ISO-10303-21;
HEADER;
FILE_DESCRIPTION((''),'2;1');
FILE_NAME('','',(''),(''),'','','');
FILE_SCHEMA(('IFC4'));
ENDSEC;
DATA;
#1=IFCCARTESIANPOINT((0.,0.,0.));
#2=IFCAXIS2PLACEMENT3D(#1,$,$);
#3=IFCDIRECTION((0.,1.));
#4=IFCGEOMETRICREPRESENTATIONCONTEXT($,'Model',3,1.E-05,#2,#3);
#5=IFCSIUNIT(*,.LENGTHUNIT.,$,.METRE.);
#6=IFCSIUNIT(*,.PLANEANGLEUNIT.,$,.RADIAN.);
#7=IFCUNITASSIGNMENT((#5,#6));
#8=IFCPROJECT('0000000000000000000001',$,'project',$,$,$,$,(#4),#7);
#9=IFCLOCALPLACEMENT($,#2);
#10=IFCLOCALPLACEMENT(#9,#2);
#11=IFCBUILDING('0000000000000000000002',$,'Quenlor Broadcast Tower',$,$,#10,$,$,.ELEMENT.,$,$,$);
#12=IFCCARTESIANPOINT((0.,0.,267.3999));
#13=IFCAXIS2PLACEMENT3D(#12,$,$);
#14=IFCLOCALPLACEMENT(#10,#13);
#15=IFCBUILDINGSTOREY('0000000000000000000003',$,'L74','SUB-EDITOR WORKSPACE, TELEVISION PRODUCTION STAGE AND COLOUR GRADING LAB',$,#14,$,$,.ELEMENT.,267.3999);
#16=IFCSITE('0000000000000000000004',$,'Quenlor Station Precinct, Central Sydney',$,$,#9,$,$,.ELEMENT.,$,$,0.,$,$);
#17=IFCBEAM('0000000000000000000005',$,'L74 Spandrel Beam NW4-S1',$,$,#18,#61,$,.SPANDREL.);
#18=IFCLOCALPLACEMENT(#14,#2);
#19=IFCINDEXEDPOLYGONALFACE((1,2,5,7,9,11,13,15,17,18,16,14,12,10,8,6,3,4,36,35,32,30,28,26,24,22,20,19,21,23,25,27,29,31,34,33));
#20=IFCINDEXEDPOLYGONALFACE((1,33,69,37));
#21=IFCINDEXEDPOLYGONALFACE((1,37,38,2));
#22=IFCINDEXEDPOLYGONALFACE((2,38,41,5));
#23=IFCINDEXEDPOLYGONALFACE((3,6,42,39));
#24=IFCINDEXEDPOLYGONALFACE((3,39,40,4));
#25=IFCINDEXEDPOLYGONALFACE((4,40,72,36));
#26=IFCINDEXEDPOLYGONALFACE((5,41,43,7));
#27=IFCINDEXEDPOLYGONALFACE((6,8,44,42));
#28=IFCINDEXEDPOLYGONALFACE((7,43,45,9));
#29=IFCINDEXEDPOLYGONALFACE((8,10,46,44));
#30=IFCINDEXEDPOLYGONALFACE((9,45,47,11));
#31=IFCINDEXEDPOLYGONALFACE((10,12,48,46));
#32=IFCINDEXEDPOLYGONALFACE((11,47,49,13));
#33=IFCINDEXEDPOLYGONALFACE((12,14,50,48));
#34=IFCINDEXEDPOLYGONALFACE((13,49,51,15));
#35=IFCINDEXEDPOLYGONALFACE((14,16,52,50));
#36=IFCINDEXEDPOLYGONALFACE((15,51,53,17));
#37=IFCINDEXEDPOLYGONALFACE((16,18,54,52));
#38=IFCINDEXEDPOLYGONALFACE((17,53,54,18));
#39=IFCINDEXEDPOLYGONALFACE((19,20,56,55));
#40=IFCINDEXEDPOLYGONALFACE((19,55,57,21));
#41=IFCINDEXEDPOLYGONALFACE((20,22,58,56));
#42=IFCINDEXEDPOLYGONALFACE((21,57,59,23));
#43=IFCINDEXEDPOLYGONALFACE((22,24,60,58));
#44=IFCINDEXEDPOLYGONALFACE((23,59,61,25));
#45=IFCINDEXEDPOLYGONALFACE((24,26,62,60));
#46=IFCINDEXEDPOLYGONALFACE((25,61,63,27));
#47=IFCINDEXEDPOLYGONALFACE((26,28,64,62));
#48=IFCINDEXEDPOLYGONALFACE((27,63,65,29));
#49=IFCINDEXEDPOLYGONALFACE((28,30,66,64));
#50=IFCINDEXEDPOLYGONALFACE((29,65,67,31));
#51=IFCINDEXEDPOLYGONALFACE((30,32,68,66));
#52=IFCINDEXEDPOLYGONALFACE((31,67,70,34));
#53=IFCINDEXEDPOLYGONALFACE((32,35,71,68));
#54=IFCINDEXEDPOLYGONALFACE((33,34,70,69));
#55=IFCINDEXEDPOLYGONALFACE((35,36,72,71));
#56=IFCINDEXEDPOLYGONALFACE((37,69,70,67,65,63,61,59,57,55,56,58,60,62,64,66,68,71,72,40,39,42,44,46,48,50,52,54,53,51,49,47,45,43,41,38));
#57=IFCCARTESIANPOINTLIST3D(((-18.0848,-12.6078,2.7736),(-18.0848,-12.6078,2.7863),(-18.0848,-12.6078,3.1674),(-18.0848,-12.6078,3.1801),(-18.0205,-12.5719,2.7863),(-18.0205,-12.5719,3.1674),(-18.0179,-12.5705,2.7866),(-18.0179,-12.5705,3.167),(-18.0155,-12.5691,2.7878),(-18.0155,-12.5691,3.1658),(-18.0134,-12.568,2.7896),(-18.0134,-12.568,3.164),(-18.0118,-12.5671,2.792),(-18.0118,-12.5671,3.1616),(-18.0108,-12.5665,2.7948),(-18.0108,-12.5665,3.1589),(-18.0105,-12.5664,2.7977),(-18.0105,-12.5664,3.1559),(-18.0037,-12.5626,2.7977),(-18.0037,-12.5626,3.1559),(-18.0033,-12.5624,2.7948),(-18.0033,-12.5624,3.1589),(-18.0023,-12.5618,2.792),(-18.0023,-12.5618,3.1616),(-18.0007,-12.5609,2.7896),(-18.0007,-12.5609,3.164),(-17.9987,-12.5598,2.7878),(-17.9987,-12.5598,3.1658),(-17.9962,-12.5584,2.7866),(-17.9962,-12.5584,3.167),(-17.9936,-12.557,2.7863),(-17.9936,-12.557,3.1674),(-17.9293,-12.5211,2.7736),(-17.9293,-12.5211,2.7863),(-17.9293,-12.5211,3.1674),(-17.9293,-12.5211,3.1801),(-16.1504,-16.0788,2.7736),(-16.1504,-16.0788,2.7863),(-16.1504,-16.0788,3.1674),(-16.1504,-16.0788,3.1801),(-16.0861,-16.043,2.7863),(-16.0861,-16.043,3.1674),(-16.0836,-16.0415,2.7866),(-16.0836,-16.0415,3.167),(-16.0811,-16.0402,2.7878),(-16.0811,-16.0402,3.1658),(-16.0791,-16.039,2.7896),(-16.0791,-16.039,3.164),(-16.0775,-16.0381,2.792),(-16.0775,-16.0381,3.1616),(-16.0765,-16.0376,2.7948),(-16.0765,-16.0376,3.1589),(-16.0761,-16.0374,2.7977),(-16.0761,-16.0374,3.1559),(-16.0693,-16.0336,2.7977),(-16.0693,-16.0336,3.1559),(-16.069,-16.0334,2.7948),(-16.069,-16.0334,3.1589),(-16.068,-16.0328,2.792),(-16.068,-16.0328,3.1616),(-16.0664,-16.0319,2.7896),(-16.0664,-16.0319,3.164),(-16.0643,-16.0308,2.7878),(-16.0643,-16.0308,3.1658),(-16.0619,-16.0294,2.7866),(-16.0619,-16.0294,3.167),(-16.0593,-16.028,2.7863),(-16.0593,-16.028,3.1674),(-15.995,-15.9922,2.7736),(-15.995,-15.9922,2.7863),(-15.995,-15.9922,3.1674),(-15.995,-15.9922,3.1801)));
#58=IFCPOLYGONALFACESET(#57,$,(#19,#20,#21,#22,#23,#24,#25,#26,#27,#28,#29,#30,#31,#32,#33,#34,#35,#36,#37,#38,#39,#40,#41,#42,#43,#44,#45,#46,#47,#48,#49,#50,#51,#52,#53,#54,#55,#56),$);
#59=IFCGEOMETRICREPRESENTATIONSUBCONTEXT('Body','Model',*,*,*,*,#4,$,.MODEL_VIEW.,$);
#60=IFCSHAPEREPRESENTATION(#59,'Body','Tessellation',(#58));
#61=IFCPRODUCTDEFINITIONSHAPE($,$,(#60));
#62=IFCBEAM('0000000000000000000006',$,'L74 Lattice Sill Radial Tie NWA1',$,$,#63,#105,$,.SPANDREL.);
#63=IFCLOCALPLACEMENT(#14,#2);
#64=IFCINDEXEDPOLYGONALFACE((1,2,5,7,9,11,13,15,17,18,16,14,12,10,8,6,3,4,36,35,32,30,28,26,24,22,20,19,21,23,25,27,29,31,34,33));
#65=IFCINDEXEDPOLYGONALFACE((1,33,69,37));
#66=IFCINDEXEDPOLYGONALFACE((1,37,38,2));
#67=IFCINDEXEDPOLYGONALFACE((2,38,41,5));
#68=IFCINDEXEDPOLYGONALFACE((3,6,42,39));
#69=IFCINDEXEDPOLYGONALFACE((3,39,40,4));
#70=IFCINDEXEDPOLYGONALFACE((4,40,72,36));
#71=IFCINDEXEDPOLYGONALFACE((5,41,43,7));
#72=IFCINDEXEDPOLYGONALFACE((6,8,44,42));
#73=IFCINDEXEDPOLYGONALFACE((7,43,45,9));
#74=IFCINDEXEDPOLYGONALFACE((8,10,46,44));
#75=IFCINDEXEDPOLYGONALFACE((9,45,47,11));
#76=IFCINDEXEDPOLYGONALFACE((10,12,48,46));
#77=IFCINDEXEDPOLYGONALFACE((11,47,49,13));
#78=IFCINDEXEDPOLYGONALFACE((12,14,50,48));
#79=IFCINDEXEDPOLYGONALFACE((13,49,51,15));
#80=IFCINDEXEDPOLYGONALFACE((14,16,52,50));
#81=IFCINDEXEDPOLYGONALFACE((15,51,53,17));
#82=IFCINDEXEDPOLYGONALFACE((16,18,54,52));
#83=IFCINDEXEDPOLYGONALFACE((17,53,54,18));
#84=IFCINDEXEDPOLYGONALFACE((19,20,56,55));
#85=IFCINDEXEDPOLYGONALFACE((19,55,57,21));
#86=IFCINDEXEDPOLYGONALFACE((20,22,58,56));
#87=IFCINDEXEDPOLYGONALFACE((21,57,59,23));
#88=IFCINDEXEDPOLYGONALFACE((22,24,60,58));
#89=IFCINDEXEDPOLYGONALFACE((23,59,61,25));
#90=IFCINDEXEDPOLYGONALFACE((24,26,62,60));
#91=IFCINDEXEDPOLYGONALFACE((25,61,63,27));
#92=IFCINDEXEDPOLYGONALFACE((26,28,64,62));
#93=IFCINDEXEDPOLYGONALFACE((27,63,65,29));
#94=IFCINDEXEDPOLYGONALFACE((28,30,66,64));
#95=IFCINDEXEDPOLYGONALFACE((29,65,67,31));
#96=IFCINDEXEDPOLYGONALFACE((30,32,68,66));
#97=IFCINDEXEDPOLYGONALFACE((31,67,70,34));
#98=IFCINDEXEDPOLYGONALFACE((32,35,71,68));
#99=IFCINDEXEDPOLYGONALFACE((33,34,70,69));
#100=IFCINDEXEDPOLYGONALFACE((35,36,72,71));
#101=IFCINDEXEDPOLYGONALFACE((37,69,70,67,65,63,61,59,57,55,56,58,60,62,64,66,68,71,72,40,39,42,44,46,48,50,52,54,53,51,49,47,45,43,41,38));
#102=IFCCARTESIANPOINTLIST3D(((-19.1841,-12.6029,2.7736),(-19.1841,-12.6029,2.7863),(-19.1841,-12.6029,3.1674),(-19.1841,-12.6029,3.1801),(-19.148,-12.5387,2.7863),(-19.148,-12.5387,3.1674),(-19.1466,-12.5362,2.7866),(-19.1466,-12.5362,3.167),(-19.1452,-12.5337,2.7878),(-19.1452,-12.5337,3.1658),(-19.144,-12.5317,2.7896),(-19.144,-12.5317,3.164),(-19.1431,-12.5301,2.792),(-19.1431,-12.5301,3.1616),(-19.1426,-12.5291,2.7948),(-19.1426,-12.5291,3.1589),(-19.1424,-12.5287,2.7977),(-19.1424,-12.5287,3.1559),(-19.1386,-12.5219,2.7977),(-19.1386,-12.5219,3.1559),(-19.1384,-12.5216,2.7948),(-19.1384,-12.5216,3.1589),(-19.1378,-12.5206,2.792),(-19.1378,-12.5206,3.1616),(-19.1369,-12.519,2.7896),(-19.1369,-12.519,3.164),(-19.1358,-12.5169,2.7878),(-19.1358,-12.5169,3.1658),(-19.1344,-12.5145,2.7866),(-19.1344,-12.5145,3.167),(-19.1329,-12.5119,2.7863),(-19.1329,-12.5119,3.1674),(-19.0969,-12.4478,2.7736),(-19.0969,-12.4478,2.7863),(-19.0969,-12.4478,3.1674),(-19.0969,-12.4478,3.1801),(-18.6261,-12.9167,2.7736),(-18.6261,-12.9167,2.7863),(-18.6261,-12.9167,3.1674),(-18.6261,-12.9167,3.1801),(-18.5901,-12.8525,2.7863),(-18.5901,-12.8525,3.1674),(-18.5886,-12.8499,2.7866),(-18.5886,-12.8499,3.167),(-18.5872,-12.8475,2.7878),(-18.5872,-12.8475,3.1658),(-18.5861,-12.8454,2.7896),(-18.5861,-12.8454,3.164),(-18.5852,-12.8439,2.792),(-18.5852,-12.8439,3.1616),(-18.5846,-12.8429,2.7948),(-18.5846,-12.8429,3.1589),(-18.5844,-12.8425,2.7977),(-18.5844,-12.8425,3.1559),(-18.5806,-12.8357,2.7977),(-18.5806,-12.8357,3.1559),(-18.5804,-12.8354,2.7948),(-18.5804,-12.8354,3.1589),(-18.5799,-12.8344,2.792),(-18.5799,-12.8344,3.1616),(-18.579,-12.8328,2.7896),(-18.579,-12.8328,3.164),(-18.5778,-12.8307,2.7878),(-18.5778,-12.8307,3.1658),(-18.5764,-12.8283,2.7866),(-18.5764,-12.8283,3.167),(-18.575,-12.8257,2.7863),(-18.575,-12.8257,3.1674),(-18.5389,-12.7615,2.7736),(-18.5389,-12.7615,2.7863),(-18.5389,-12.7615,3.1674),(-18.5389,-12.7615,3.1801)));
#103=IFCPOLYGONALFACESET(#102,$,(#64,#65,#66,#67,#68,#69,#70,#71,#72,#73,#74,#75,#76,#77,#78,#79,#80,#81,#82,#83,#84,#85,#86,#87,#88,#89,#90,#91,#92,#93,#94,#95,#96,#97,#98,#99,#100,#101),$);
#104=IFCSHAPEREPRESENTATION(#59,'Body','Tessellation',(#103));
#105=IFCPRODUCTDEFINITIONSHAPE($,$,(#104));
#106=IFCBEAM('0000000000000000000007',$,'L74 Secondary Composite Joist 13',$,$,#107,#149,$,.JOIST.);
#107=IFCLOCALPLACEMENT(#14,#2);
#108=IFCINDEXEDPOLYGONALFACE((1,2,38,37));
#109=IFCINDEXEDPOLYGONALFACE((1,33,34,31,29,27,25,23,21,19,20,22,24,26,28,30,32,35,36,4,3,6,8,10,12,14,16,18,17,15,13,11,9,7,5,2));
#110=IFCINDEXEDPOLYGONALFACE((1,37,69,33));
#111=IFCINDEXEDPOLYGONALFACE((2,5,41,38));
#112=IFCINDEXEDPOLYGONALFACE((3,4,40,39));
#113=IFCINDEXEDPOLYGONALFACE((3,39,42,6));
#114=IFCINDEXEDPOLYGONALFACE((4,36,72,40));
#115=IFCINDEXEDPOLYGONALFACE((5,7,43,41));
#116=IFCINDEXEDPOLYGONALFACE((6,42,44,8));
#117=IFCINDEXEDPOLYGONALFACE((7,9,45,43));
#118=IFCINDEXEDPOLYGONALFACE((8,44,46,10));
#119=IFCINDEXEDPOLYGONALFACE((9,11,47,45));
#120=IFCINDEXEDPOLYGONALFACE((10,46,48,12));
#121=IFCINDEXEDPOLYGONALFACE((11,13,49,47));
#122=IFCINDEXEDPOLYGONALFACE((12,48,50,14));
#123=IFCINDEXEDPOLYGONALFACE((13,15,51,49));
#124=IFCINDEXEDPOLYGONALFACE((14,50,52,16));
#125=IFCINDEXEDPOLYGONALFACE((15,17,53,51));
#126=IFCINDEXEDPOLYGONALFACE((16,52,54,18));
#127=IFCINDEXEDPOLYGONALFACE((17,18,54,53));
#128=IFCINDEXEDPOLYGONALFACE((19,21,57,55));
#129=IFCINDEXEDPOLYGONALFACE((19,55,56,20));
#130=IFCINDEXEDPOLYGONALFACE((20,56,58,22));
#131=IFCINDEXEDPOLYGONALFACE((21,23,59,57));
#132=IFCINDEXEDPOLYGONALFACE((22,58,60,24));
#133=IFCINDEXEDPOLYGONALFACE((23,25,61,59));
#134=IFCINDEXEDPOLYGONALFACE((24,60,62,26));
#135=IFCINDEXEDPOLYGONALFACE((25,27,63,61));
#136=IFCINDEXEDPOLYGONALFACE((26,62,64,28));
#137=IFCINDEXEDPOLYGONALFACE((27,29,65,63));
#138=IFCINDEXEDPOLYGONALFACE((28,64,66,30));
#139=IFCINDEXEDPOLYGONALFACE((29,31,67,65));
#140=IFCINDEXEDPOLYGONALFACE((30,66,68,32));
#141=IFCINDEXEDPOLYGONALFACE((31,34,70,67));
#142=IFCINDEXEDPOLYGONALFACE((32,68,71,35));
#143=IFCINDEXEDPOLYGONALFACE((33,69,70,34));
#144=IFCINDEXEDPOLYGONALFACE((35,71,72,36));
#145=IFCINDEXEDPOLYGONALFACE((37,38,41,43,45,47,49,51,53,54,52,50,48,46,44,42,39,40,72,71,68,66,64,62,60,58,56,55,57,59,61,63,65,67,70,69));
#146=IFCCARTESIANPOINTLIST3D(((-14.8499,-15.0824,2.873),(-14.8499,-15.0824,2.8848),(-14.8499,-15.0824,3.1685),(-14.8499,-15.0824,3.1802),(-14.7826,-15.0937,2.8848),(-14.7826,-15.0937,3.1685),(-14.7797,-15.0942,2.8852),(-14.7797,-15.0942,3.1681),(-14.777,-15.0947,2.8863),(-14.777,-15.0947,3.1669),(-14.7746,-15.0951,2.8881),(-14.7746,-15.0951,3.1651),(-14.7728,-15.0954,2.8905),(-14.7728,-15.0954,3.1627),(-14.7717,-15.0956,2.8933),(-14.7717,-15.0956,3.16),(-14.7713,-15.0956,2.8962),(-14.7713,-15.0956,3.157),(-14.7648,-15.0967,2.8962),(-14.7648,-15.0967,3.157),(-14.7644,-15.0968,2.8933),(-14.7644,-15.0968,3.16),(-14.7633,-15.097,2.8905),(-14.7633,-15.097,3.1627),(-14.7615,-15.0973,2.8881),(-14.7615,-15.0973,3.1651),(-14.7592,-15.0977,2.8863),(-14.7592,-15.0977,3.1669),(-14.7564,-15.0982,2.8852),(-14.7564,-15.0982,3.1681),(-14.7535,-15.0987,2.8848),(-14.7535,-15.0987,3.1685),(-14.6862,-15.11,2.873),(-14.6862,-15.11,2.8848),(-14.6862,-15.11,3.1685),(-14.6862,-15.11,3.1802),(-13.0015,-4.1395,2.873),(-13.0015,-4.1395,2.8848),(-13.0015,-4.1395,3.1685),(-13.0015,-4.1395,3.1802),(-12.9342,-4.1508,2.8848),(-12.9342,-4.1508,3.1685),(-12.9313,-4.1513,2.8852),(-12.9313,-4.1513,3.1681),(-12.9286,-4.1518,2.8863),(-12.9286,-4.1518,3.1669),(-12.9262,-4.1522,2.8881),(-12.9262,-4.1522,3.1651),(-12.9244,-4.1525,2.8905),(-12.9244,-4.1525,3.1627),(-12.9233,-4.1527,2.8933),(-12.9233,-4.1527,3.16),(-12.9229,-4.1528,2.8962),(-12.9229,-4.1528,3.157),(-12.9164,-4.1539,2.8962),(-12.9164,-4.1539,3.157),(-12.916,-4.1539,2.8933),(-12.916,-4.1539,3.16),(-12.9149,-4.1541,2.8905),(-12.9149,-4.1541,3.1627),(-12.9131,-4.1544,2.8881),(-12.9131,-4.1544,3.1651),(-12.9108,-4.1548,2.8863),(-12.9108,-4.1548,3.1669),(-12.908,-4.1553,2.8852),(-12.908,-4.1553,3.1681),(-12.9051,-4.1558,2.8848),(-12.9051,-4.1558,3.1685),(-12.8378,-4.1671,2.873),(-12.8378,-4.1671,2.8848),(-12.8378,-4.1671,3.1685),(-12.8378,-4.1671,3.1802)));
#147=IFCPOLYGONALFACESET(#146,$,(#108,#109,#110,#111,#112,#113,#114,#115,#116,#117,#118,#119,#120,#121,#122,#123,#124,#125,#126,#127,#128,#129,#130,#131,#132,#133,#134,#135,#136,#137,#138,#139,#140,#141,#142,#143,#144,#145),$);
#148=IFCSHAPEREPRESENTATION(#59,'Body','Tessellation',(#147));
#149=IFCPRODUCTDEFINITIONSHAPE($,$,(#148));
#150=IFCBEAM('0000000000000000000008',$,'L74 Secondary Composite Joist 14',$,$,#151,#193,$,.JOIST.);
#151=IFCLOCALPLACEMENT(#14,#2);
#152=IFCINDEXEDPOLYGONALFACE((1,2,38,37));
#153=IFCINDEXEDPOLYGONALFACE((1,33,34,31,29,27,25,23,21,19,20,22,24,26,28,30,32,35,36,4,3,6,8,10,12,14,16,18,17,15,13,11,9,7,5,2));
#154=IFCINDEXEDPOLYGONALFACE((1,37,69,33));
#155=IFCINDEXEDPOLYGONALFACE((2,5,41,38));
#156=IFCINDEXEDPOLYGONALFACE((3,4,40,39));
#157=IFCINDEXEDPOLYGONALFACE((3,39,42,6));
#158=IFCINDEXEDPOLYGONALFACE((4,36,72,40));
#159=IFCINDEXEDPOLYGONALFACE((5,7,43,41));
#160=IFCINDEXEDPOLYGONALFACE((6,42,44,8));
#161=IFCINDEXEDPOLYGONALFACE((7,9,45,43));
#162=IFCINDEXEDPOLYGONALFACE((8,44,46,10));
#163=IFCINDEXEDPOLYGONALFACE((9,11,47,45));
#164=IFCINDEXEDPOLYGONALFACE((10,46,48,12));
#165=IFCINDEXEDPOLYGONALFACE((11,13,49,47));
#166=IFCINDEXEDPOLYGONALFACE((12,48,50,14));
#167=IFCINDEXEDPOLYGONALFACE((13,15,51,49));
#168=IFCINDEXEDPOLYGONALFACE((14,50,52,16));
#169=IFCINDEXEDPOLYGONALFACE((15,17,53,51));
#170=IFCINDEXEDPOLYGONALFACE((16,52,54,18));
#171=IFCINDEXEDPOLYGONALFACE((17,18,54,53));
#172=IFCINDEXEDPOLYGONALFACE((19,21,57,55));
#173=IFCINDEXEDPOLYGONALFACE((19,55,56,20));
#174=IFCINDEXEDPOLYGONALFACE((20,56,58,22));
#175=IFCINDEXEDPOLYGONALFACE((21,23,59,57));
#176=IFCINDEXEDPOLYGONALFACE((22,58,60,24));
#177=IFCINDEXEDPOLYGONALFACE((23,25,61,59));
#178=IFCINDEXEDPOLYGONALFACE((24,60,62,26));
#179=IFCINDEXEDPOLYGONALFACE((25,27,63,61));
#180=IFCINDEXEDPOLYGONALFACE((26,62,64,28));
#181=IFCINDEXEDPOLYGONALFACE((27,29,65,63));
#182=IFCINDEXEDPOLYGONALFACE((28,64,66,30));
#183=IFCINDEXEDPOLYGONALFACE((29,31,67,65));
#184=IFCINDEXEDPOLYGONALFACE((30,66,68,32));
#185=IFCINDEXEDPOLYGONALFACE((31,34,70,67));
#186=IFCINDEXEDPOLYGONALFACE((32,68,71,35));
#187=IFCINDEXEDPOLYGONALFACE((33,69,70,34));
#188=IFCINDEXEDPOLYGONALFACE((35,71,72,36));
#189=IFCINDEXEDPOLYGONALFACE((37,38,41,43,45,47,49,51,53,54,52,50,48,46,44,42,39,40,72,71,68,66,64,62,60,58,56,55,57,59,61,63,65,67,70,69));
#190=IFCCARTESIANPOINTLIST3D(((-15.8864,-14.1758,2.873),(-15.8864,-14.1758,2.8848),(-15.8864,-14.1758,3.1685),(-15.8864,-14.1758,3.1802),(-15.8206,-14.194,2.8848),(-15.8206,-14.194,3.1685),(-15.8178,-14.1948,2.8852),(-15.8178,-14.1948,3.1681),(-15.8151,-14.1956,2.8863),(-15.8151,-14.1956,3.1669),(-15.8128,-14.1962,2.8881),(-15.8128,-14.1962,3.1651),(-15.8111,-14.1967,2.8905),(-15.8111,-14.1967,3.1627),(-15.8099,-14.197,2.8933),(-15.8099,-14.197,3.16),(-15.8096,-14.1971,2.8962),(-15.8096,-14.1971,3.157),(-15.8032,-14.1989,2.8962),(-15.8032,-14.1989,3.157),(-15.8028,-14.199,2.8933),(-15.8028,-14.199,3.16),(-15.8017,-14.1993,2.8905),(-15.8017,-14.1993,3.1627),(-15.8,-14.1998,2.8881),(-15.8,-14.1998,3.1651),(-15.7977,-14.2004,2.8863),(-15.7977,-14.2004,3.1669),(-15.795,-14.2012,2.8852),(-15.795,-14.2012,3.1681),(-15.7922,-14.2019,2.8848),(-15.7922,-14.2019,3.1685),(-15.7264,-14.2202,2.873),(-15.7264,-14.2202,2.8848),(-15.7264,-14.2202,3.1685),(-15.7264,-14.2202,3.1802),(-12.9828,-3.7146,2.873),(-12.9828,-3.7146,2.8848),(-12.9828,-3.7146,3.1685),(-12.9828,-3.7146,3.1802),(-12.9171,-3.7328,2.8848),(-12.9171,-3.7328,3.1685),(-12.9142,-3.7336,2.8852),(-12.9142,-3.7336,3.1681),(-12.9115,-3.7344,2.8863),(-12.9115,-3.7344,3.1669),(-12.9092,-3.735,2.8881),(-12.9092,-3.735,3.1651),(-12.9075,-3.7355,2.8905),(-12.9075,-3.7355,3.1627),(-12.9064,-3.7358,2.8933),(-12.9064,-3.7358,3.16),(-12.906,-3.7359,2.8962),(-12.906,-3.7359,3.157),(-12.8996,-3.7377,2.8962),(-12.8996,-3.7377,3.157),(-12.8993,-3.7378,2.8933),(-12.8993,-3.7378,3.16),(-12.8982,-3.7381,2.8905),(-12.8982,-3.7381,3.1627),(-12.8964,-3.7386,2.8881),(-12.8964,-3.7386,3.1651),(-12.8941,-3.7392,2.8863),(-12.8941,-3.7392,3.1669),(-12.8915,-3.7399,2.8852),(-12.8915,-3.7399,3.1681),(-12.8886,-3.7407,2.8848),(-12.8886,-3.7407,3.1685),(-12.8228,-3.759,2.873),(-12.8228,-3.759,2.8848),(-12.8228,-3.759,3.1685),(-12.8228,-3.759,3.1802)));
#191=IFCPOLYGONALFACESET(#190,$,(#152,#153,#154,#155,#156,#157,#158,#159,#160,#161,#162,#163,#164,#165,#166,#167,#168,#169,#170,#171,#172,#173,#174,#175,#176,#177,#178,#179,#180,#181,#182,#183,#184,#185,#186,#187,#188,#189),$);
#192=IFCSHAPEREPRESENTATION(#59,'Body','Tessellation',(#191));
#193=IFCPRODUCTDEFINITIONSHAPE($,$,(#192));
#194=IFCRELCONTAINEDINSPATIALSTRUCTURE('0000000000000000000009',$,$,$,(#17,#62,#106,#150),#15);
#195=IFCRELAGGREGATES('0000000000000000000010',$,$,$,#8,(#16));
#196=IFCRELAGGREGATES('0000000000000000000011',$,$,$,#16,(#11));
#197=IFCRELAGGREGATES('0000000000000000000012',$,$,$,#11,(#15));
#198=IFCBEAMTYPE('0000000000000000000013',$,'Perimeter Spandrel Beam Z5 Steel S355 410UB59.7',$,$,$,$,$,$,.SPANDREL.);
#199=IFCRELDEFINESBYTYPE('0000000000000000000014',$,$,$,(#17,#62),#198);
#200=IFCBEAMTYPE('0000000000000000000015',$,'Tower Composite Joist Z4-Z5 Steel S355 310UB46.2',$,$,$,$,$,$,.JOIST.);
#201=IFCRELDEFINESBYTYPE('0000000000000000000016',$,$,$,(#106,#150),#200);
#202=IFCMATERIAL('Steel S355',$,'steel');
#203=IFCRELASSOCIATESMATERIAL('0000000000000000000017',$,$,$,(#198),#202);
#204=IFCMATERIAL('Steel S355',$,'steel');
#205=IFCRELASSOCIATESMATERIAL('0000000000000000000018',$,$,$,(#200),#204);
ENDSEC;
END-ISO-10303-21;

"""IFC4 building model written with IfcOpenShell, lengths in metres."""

from ifc_helpers import new_model, si_unit, direction, frame, origin, origin_2d, place, context, subcontext, project, spatial, i_section, extrude, material, material_profile, profile_set, type_object, element, save


model = new_model("IFC4")

# Units and contexts
model_context = context("Model", 3, precision=1e-05, world=origin(), true_north=direction((0.0, 1.0)))
body_context = subcontext(model_context, "Body", "Model", "MODEL_VIEW")
ifc_project = project(units=[si_unit("LENGTHUNIT", "METRE"), si_unit("PLANEANGLEUNIT", "RADIAN")], contexts=[model_context])

# Site, building, storey
site_placement = place(None, origin())
site = spatial("IfcSite", under=ifc_project, at=site_placement, Name="Quenlor Station Precinct, Central Sydney", CompositionType="ELEMENT", RefElevation=0.0)
building_placement = place(site_placement, origin())
building = spatial("IfcBuilding", under=site, at=building_placement, Name="Quenlor Broadcast Tower", CompositionType="ELEMENT")
storey_placement = place(building_placement, frame((0.0, 0.0, 267.3999)))
storey = spatial("IfcBuildingStorey", under=building, at=storey_placement, Name="L74", Description="SUB-EDITOR WORKSPACE, TELEVISION PRODUCTION STAGE AND COLOUR GRADING LAB", CompositionType="ELEMENT", Elevation=267.3999)

# Beams
ifc_material_1 = material(Name="Steel S355", Category="steel")
ifc_material_profile_1 = material_profile(ifc_material_1, i_section(OverallWidth=0.178, OverallDepth=0.4065, WebThickness=0.0078, FlangeThickness=0.0127, FilletRadius=0.0115, at=origin_2d()))
ifc_profile_set_1 = profile_set([ifc_material_profile_1], Name="Steel S355 410UB59.7")
beam_type_1 = type_object("IfcBeamType", Name="Perimeter Spandrel Beam Z5 Steel S355 410UB59.7", PredefinedType="SPANDREL", material=ifc_profile_set_1)
beam_1_placement = place(storey_placement, frame((-18.0071, -12.5645, 2.9768), z_axis=(0.486801, -0.873513, 0.0), x_axis=(0.873513, 0.486801, 0.0)))
element("IfcBeam", 1, at=beam_1_placement, inside=storey, type_object=beam_type_1, Name="L74 Spandrel Beam NW4-S1", PredefinedType="SPANDREL", context=body_context, shape_type="SweptSolid", body=[
    extrude(i_section(OverallWidth=0.178, OverallDepth=0.4065, WebThickness=0.0078, FlangeThickness=0.0127, FilletRadius=0.0115, at=origin_2d()), origin(), (0.0, 0.0, 1.0), 3.9736),
])
beam_2_placement = place(storey_placement, frame((-18.5825, -12.8391, 2.9768), z_axis=(-0.871626, 0.490171, 0.0), x_axis=(-0.490171, -0.871626, 0.0)))
element("IfcBeam", 2, at=beam_2_placement, inside=storey, type_object=beam_type_1, Name="L74 Lattice Sill Radial Tie NWA1", PredefinedType="SPANDREL", context=body_context, shape_type="SweptSolid", body=[
    extrude(i_section(OverallWidth=0.178, OverallDepth=0.4065, WebThickness=0.0078, FlangeThickness=0.0127, FilletRadius=0.0115, at=origin_2d()), origin(), (0.0, 0.0, 1.0), 0.6401),
])
ifc_material_2 = material(Name="Steel S355", Category="steel")
ifc_material_profile_2 = material_profile(ifc_material_2, i_section(OverallWidth=0.166, OverallDepth=0.3071, WebThickness=0.0066, FlangeThickness=0.0117, FilletRadius=0.0115, at=origin_2d()))
ifc_profile_set_2 = profile_set([ifc_material_profile_2], Name="Steel S355 310UB46.2")
beam_type_2 = type_object("IfcBeamType", Name="Tower Composite Joist Z4-Z5 Steel S355 310UB46.2", PredefinedType="JOIST", material=ifc_profile_set_2)
beam_3_placement = place(storey_placement, frame((-14.7681, -15.0962, 3.0266), z_axis=(0.166553, 0.986032, 0.0), x_axis=(-0.986032, 0.166553, 0.0)))
element("IfcBeam", 3, at=beam_3_placement, inside=storey, type_object=beam_type_2, Name="L74 Secondary Composite Joist 13", PredefinedType="JOIST", context=body_context, shape_type="SweptSolid", body=[
    extrude(i_section(OverallWidth=0.166, OverallDepth=0.3071, WebThickness=0.0066, FlangeThickness=0.0117, FilletRadius=0.0115, at=origin_2d()), origin(), (0.0, 0.0, 1.0), 11.0979),
])
beam_4_placement = place(storey_placement, frame((-15.8064, -14.198, 3.0266), z_axis=(0.267446, 0.963573, 0.0), x_axis=(-0.963573, 0.267446, 0.0)))
element("IfcBeam", 4, at=beam_4_placement, inside=storey, type_object=beam_type_2, Name="L74 Secondary Composite Joist 14", PredefinedType="JOIST", context=body_context, shape_type="SweptSolid", body=[
    extrude(i_section(OverallWidth=0.166, OverallDepth=0.3071, WebThickness=0.0066, FlangeThickness=0.0117, FilletRadius=0.0115, at=origin_2d()), origin(), (0.0, 0.0, 1.0), 10.8567),
])

save(model, "model.ifc")
